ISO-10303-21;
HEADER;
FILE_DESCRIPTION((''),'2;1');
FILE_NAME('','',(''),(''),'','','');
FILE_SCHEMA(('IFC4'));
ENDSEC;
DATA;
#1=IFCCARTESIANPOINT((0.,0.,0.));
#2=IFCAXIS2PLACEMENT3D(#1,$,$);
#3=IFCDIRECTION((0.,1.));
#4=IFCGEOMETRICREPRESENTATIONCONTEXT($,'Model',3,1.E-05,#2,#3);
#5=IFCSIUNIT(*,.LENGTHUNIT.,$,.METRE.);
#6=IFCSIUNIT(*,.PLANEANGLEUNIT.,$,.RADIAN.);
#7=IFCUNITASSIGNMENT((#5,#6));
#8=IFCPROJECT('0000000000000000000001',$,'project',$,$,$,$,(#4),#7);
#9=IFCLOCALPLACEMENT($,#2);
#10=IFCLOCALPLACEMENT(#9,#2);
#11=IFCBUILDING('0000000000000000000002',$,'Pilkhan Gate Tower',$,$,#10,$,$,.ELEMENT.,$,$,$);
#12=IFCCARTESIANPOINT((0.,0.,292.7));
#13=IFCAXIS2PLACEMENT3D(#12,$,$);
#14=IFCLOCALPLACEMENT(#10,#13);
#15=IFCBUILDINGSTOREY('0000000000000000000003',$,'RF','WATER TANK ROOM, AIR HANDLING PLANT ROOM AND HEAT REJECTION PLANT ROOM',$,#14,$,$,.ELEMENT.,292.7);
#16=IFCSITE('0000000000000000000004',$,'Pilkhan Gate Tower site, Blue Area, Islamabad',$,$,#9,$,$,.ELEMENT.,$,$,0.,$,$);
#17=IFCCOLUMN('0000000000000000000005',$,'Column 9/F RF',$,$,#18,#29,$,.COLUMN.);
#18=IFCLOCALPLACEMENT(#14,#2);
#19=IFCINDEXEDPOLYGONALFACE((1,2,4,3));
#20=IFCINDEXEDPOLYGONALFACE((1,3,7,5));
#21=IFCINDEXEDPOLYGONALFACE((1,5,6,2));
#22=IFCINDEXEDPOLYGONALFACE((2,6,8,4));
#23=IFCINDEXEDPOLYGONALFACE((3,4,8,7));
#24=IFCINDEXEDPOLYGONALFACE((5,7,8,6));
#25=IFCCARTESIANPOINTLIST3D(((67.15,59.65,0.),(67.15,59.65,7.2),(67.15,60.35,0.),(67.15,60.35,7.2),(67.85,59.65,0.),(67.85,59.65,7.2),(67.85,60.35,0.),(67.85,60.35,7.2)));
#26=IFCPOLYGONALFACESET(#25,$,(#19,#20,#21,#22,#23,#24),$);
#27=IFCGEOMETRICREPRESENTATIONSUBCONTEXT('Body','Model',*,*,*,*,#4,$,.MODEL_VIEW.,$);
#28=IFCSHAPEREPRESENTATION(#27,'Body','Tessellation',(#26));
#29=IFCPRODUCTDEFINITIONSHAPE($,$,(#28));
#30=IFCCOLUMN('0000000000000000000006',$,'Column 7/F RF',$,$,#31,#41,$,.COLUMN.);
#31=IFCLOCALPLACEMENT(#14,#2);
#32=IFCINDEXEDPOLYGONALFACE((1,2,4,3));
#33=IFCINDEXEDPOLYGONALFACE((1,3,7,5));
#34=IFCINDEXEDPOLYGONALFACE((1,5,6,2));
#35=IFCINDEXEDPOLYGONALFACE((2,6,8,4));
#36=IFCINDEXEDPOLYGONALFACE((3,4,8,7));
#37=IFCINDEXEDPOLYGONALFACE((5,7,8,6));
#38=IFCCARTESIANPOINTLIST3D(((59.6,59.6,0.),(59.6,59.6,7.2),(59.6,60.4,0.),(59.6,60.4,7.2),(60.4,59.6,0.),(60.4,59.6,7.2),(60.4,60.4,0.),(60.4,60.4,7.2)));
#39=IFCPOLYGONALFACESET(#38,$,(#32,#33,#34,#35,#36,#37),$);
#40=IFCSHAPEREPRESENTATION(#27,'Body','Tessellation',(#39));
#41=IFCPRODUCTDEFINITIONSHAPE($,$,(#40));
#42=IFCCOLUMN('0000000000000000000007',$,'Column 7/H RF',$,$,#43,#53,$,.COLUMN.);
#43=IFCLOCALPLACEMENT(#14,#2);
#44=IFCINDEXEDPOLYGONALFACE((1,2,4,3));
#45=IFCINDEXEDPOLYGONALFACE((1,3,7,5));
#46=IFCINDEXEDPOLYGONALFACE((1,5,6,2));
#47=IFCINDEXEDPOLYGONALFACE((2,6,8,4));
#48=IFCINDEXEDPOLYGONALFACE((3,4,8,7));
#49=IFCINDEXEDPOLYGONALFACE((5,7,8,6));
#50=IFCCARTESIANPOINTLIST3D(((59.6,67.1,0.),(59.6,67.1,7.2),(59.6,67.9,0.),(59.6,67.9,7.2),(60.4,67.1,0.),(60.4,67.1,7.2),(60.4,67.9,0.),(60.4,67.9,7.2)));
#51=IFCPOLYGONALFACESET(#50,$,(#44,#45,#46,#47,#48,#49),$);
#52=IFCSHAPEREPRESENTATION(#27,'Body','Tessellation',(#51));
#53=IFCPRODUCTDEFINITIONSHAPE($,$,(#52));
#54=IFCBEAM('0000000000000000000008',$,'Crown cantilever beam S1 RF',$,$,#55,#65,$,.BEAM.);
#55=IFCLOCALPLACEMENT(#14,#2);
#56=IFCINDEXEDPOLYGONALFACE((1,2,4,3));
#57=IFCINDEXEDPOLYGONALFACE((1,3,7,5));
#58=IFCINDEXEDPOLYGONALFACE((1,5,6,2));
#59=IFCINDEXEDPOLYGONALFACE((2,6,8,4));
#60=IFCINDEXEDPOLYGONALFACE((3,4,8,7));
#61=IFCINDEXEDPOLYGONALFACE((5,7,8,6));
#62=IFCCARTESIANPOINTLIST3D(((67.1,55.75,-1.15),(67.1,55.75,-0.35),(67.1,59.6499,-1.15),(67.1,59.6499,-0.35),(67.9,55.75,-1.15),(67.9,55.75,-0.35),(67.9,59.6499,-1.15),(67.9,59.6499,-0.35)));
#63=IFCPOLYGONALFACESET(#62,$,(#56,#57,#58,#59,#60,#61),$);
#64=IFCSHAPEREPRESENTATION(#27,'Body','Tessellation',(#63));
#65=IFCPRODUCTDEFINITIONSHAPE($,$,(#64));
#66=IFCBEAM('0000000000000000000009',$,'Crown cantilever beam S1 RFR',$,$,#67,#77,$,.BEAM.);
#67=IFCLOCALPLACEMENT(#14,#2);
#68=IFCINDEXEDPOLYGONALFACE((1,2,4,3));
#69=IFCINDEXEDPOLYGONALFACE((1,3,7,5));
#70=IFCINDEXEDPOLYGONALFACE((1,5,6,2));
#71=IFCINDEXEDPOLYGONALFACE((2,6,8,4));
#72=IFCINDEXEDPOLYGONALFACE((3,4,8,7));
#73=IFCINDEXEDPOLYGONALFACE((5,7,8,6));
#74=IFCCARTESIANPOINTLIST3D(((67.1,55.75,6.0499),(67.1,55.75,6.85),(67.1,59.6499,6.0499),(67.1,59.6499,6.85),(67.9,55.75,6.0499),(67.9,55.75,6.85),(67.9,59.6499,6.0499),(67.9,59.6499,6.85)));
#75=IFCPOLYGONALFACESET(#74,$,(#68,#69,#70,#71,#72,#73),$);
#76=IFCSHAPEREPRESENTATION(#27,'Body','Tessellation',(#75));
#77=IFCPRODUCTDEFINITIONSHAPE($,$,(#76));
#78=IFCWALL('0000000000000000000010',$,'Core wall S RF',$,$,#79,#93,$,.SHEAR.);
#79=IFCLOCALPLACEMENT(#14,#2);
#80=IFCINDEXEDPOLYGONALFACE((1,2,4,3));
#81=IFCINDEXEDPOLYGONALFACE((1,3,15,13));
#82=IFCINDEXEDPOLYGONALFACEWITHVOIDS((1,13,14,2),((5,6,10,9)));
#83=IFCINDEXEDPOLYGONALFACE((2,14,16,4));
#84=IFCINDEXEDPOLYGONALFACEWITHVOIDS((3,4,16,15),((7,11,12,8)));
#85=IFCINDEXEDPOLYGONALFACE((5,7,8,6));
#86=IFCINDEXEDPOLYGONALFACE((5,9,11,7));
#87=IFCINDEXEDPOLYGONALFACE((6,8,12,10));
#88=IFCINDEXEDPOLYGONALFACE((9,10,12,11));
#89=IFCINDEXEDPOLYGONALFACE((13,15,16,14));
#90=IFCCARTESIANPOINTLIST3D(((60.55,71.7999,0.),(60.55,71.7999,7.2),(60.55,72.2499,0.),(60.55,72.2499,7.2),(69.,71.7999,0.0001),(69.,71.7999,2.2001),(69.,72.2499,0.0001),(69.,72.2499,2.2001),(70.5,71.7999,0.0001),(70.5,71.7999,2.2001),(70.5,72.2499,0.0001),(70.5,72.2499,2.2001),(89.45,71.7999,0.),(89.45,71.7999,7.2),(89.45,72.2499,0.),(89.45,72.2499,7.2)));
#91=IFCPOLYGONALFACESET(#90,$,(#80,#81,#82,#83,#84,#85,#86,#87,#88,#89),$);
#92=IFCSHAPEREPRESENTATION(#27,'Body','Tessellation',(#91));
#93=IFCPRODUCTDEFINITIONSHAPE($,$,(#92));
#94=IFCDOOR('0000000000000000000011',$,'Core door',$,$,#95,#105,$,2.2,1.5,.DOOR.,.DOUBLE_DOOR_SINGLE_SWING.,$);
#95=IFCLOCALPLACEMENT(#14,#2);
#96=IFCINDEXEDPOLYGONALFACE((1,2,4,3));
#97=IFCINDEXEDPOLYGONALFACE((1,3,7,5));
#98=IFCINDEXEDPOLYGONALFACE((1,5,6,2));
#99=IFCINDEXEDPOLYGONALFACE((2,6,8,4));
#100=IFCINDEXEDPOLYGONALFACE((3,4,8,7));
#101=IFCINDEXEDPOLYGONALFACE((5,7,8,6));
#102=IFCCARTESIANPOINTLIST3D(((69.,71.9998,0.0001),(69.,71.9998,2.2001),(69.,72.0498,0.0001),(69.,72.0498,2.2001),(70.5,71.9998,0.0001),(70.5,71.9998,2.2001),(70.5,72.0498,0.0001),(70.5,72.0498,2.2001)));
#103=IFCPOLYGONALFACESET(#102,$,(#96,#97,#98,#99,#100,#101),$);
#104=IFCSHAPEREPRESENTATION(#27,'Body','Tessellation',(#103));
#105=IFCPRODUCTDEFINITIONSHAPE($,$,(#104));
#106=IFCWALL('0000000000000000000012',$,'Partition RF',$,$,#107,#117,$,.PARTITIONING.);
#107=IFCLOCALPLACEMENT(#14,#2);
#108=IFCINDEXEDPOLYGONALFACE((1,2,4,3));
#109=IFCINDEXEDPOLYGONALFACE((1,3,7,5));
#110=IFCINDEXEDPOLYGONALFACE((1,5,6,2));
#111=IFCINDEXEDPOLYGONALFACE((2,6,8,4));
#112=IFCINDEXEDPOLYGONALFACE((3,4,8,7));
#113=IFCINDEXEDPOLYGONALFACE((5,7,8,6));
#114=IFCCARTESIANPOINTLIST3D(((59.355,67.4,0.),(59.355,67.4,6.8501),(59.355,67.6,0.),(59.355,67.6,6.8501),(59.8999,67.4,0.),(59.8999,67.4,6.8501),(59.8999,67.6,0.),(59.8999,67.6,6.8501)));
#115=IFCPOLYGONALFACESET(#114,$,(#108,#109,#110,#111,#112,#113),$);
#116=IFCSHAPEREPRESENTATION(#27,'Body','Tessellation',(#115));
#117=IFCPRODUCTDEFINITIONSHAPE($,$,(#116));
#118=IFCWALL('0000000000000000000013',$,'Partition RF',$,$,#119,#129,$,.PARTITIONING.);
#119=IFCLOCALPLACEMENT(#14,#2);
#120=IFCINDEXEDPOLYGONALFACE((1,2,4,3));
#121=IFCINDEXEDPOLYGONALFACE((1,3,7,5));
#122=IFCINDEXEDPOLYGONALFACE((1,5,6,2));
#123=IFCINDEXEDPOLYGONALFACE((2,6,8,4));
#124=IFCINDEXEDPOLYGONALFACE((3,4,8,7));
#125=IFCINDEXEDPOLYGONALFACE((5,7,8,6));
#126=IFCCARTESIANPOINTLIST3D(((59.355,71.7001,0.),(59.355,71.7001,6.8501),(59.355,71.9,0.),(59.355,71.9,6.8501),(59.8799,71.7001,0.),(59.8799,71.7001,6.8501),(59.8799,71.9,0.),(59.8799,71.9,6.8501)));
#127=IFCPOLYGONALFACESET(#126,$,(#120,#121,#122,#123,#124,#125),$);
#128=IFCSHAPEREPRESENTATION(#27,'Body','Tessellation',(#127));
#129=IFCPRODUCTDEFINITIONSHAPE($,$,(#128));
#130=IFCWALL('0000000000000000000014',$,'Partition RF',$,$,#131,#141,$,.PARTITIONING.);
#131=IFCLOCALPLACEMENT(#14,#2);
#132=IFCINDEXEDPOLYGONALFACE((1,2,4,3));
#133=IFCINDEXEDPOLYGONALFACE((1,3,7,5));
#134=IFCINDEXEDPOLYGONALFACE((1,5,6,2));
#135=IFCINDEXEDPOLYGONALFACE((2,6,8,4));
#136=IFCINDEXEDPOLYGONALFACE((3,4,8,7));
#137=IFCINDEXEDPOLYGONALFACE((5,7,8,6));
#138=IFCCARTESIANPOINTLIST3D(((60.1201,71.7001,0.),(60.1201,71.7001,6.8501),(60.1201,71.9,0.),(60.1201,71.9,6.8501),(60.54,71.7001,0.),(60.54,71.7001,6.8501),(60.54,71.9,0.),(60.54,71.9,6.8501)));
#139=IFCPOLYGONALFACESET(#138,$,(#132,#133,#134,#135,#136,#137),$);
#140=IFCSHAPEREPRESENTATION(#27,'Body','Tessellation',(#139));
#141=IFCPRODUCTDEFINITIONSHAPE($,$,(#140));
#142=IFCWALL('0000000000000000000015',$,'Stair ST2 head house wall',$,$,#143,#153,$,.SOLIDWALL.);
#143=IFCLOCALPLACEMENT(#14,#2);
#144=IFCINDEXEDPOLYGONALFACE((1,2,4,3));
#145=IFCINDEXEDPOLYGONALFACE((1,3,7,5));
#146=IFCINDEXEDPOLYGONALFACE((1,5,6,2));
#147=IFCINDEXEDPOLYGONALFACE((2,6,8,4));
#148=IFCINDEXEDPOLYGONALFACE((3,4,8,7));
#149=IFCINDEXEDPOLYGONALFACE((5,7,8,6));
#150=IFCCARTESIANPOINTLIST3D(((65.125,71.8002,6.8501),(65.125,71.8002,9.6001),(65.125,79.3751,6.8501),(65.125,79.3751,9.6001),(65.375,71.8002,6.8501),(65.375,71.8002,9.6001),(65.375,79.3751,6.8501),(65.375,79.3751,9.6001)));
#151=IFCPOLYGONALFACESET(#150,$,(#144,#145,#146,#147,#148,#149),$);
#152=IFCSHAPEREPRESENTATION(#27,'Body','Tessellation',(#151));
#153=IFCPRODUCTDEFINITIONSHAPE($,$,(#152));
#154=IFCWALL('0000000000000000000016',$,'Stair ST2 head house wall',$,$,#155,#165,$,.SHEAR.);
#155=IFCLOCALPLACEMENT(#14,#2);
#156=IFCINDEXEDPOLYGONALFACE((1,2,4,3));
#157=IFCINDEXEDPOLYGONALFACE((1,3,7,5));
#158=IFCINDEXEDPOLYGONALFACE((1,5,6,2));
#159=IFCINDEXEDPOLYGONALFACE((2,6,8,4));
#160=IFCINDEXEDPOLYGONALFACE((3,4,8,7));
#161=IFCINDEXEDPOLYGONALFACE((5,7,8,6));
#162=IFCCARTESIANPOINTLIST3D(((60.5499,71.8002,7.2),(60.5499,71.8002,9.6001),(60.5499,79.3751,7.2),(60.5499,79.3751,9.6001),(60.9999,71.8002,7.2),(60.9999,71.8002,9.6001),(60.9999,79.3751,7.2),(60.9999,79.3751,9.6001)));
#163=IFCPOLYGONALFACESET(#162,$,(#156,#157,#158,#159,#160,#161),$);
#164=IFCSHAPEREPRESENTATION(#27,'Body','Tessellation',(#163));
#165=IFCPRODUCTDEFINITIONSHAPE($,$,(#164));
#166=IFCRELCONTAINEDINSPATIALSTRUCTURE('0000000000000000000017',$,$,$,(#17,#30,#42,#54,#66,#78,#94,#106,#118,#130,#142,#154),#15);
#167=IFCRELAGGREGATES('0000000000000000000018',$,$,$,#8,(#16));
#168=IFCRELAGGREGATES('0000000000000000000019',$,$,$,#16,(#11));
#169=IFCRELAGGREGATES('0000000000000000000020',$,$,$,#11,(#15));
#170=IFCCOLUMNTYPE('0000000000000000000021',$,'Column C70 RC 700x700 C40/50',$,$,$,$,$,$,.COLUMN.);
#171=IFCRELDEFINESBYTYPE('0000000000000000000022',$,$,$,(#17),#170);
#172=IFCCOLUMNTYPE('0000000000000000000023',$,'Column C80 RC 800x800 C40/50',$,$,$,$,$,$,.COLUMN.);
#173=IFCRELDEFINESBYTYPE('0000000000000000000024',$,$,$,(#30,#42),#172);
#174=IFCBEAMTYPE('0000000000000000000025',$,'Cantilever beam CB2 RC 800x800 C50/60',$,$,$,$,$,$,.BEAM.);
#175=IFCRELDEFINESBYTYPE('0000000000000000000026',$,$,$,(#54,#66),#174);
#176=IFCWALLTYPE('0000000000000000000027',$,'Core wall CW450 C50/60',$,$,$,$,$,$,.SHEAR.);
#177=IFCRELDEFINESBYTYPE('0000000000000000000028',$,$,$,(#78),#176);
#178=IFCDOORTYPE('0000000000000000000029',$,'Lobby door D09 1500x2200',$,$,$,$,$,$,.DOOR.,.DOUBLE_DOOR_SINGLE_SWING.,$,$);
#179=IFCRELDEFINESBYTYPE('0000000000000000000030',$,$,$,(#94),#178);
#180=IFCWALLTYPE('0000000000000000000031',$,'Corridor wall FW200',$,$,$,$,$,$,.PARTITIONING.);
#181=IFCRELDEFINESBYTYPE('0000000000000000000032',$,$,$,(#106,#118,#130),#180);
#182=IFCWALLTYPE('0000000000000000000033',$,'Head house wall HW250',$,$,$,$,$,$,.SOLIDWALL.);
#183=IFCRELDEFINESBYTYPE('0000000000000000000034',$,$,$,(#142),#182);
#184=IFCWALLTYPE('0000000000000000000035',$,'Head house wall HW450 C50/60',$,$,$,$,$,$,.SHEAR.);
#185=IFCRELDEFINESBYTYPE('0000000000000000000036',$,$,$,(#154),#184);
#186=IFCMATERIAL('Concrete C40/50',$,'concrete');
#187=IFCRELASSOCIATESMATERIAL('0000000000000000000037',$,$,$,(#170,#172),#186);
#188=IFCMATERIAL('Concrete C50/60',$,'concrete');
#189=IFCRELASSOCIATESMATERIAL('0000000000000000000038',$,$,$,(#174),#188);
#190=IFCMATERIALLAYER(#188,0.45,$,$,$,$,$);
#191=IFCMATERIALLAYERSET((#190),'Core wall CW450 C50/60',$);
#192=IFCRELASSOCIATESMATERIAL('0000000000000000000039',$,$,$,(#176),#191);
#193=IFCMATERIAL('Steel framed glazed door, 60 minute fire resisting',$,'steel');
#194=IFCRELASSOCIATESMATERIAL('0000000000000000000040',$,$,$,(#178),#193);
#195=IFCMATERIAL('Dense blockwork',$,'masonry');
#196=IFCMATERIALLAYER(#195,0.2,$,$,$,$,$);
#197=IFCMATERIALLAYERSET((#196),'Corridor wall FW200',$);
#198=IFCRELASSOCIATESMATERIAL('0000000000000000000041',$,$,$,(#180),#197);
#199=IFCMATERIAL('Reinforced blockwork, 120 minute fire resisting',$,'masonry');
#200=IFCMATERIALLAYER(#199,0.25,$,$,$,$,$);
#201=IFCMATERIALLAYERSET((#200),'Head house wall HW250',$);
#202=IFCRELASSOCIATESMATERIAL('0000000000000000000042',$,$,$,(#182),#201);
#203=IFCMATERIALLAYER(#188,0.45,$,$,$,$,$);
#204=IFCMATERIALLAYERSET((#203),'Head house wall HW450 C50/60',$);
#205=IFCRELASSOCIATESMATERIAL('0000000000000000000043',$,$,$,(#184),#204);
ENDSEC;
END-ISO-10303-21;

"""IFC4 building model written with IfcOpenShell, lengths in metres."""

from ifc_helpers import new_model, si_unit, direction, frame, frame_2d, origin, origin_2d, place, context, subcontext, project, spatial, rectangle, extrude, material, layer, layer_set, material_profile, profile_set, type_object, element, fill, save


model = new_model("IFC4")

# Units and contexts
model_context = context("Model", 3, precision=1e-05, world=origin(), true_north=direction((0.0, 1.0)))
body_context = subcontext(model_context, "Body", "Model", "MODEL_VIEW")
ifc_project = project(units=[si_unit("LENGTHUNIT", "METRE"), si_unit("PLANEANGLEUNIT", "RADIAN")], contexts=[model_context])

# Site, building, storey
site_placement = place(None, origin())
site = spatial("IfcSite", under=ifc_project, at=site_placement, Name="Pilkhan Gate Tower site, Blue Area, Islamabad", CompositionType="ELEMENT", RefElevation=0.0)
building_placement = place(site_placement, origin())
building = spatial("IfcBuilding", under=site, at=building_placement, Name="Pilkhan Gate Tower", CompositionType="ELEMENT")
storey_placement = place(building_placement, frame((0.0, 0.0, 292.7)))
storey = spatial("IfcBuildingStorey", under=building, at=storey_placement, Name="RF", Description="WATER TANK ROOM, AIR HANDLING PLANT ROOM AND HEAT REJECTION PLANT ROOM", CompositionType="ELEMENT", Elevation=292.7)

# Columns
ifc_material_1 = material(Name="Concrete C40/50", Category="concrete")
ifc_material_profile_1 = material_profile(ifc_material_1, rectangle(XDim=0.7, YDim=0.7, at=origin_2d()), Name="RC 700x700")
ifc_profile_set_1 = profile_set([ifc_material_profile_1], Name="Concrete C40/50")
column_type_1 = type_object("IfcColumnType", Name="Column C70 RC 700x700 C40/50", PredefinedType="COLUMN", material=ifc_profile_set_1)
column_placement = place(storey_placement, frame((67.5, 60.0, 0.0), z_axis=(0.0, 0.0, 1.0), x_axis=(1.0, 0.0, 0.0)))
element("IfcColumn", 1, at=column_placement, inside=storey, type_object=column_type_1, Name="Column 9/F RF", PredefinedType="COLUMN", context=body_context, shape_type="SweptSolid", body=[
    extrude(rectangle(XDim=0.7, YDim=0.7, at=origin_2d()), origin(), (0.0, 0.0, 1.0), 7.2),
])
ifc_material_profile_2 = material_profile(ifc_material_1, rectangle(XDim=0.8, YDim=0.8, at=origin_2d()), Name="RC 800x800")
ifc_profile_set_2 = profile_set([ifc_material_profile_2], Name="Concrete C40/50")
column_type_2 = type_object("IfcColumnType", Name="Column C80 RC 800x800 C40/50", PredefinedType="COLUMN", material=ifc_profile_set_2)
for number, where, z_axis, x_axis, name in (
    (2, (60.0, 60.0, 0.0), (0.0, 0.0, 1.0), (1.0, 0.0, 0.0), "Column 7/F RF"),
    (3, (60.0, 67.5, 0.0), (0.0, 0.0, 1.0), (1.0, 0.0, 0.0), "Column 7/H RF"),
):
    element("IfcColumn", number, at=place(storey_placement, frame(where, z_axis=z_axis, x_axis=x_axis)), inside=storey, type_object=column_type_2, Name=name, PredefinedType="COLUMN", context=body_context, shape_type="SweptSolid", body=[
        extrude(rectangle(XDim=0.8, YDim=0.8, at=origin_2d()), origin(), (0.0, 0.0, 1.0), 7.2),
    ])

# Beams
ifc_material_2 = material(Name="Concrete C50/60", Category="concrete")
ifc_material_profile_3 = material_profile(ifc_material_2, rectangle(XDim=0.8, YDim=0.8, at=origin_2d()), Name="RC 800x800")
ifc_profile_set_3 = profile_set([ifc_material_profile_3], Name="Concrete C50/60")
beam_type = type_object("IfcBeamType", Name="Cantilever beam CB2 RC 800x800 C50/60", PredefinedType="BEAM", material=ifc_profile_set_3)
for number, where, z_axis, x_axis, name in (
    (4, (67.5, 59.6499, -0.75), (0.0, -1.0, 0.0), (1.0, 0.0, 0.0), "Crown cantilever beam S1 RF"),
    (5, (67.5, 59.6499, 6.45), (0.0, -1.0, 0.0), (1.0, 0.0, 0.0), "Crown cantilever beam S1 RFR"),
):
    element("IfcBeam", number, at=place(storey_placement, frame(where, z_axis=z_axis, x_axis=x_axis)), inside=storey, type_object=beam_type, Name=name, PredefinedType="BEAM", context=body_context, shape_type="SweptSolid", body=[
        extrude(rectangle(XDim=0.8, YDim=0.8, at=origin_2d()), origin(), (0.0, 0.0, 1.0), 3.8999),
    ])

# Wall, opening, door
ifc_layer_1 = layer(ifc_material_2, 0.45)
ifc_layer_set_1 = layer_set([ifc_layer_1], Name="Core wall CW450 C50/60")
wall_type_1 = type_object("IfcWallType", Name="Core wall CW450 C50/60", PredefinedType="SHEAR", material=ifc_layer_set_1)
wall_1_placement = place(storey_placement, frame((60.55, 72.0249, 0.0), z_axis=(0.0, 0.0, 1.0), x_axis=(1.0, 0.0, 0.0)))
wall_1 = element("IfcWall", 6, at=wall_1_placement, inside=storey, type_object=wall_type_1, Name="Core wall S RF", PredefinedType="SHEAR", context=body_context, shape_type="SweptSolid", body=[
    extrude(rectangle(XDim=28.8999, YDim=0.45, at=frame_2d((14.45, 0.0))), origin(), (0.0, 0.0, 1.0), 7.2),
])
opening_1_placement = place(wall_1_placement, frame((8.45, 0.0, 0.0)))
opening_1 = element("IfcOpeningElement", 7, at=opening_1_placement, cuts=wall_1, PredefinedType="OPENING", context=body_context, shape_type="SweptSolid", body=[
    extrude(rectangle(XDim=1.5, YDim=2.2, at=frame_2d((0.75, 1.1001))), frame((0.0, 0.2349, 0.0), z_axis=(0.0, -1.0, 0.0), x_axis=(1.0, 0.0, 0.0)), (0.0, 0.0, 1.0), 0.47),
])
ifc_material_3 = material(Name="Steel framed glazed door, 60 minute fire resisting", Category="steel")
door_type_1 = type_object("IfcDoorType", Name="Lobby door D09 1500x2200", OperationType="DOUBLE_DOOR_SINGLE_SWING", PredefinedType="DOOR", material=ifc_material_3)
door_1_placement = place(opening_1_placement, origin())
door_1 = element("IfcDoor", 8, at=door_1_placement, inside=storey, type_object=door_type_1, Name="Core door", OperationType="DOUBLE_DOOR_SINGLE_SWING", OverallHeight=2.2, OverallWidth=1.5, PredefinedType="DOOR", context=body_context, shape_type="SweptSolid", body=[
    extrude(rectangle(XDim=1.5, YDim=2.2, at=frame_2d((0.75, 1.1001))), frame((0.0, 0.0249, 0.0), z_axis=(0.0, -1.0, 0.0), x_axis=(1.0, 0.0, 0.0)), (0.0, 0.0, 1.0), 0.05),
])
fill(opening_1, door_1)

# Walls
ifc_material_4 = material(Name="Dense blockwork", Category="masonry")
ifc_layer_2 = layer(ifc_material_4, 0.2)
ifc_layer_set_2 = layer_set([ifc_layer_2], Name="Corridor wall FW200")
wall_type_2 = type_object("IfcWallType", Name="Corridor wall FW200", PredefinedType="PARTITIONING", material=ifc_layer_set_2)
wall_2_placement = place(storey_placement, frame((59.355, 67.5, 0.0), z_axis=(0.0, 0.0, 1.0), x_axis=(1.0, 0.0, 0.0)))
element("IfcWall", 9, at=wall_2_placement, inside=storey, type_object=wall_type_2, Name="Partition RF", PredefinedType="PARTITIONING", context=body_context, shape_type="SweptSolid", body=[
    extrude(rectangle(XDim=0.5449, YDim=0.2, at=frame_2d((0.2725, 0.0))), origin(), (0.0, 0.0, 1.0), 6.8501),
])
wall_3_placement = place(storey_placement, frame((59.355, 71.8, 0.0), z_axis=(0.0, 0.0, 1.0), x_axis=(1.0, 0.0, 0.0)))
element("IfcWall", 10, at=wall_3_placement, inside=storey, type_object=wall_type_2, Name="Partition RF", PredefinedType="PARTITIONING", context=body_context, shape_type="SweptSolid", body=[
    extrude(rectangle(XDim=0.5249, YDim=0.2, at=frame_2d((0.2625, 0.0))), origin(), (0.0, 0.0, 1.0), 6.8501),
])
wall_4_placement = place(storey_placement, frame((60.1201, 71.8, 0.0), z_axis=(0.0, 0.0, 1.0), x_axis=(1.0, 0.0, 0.0)))
element("IfcWall", 11, at=wall_4_placement, inside=storey, type_object=wall_type_2, Name="Partition RF", PredefinedType="PARTITIONING", context=body_context, shape_type="SweptSolid", body=[
    extrude(rectangle(XDim=0.4199, YDim=0.2, at=frame_2d((0.21, 0.0))), origin(), (0.0, 0.0, 1.0), 6.8501),
])
ifc_material_5 = material(Name="Reinforced blockwork, 120 minute fire resisting", Category="masonry")
ifc_layer_3 = layer(ifc_material_5, 0.25)
ifc_layer_set_3 = layer_set([ifc_layer_3], Name="Head house wall HW250")
wall_type_3 = type_object("IfcWallType", Name="Head house wall HW250", PredefinedType="SOLIDWALL", material=ifc_layer_set_3)
wall_5_placement = place(storey_placement, frame((65.25, 71.8, 6.8501), z_axis=(0.0, 0.0, 1.0), x_axis=(0.0, 1.0, 0.0)))
element("IfcWall", 12, at=wall_5_placement, inside=storey, type_object=wall_type_3, Name="Stair ST2 head house wall", PredefinedType="SOLIDWALL", context=body_context, shape_type="SweptSolid", body=[
    extrude(rectangle(XDim=7.575, YDim=0.25, at=frame_2d((3.7876, 0.0))), origin(), (0.0, 0.0, 1.0), 2.75),
])
ifc_layer_4 = layer(ifc_material_2, 0.45)
ifc_layer_set_4 = layer_set([ifc_layer_4], Name="Head house wall HW450 C50/60")
wall_type_4 = type_object("IfcWallType", Name="Head house wall HW450 C50/60", PredefinedType="SHEAR", material=ifc_layer_set_4)
wall_6_placement = place(storey_placement, frame((60.7749, 71.8, 7.2), z_axis=(0.0, 0.0, 1.0), x_axis=(0.0, 1.0, 0.0)))
element("IfcWall", 13, at=wall_6_placement, inside=storey, type_object=wall_type_4, Name="Stair ST2 head house wall", PredefinedType="SHEAR", context=body_context, shape_type="SweptSolid", body=[
    extrude(rectangle(XDim=7.575, YDim=0.45, at=frame_2d((3.7876, 0.0))), origin(), (0.0, 0.0, 1.0), 2.4001),
])

save(model, "model.ifc")
